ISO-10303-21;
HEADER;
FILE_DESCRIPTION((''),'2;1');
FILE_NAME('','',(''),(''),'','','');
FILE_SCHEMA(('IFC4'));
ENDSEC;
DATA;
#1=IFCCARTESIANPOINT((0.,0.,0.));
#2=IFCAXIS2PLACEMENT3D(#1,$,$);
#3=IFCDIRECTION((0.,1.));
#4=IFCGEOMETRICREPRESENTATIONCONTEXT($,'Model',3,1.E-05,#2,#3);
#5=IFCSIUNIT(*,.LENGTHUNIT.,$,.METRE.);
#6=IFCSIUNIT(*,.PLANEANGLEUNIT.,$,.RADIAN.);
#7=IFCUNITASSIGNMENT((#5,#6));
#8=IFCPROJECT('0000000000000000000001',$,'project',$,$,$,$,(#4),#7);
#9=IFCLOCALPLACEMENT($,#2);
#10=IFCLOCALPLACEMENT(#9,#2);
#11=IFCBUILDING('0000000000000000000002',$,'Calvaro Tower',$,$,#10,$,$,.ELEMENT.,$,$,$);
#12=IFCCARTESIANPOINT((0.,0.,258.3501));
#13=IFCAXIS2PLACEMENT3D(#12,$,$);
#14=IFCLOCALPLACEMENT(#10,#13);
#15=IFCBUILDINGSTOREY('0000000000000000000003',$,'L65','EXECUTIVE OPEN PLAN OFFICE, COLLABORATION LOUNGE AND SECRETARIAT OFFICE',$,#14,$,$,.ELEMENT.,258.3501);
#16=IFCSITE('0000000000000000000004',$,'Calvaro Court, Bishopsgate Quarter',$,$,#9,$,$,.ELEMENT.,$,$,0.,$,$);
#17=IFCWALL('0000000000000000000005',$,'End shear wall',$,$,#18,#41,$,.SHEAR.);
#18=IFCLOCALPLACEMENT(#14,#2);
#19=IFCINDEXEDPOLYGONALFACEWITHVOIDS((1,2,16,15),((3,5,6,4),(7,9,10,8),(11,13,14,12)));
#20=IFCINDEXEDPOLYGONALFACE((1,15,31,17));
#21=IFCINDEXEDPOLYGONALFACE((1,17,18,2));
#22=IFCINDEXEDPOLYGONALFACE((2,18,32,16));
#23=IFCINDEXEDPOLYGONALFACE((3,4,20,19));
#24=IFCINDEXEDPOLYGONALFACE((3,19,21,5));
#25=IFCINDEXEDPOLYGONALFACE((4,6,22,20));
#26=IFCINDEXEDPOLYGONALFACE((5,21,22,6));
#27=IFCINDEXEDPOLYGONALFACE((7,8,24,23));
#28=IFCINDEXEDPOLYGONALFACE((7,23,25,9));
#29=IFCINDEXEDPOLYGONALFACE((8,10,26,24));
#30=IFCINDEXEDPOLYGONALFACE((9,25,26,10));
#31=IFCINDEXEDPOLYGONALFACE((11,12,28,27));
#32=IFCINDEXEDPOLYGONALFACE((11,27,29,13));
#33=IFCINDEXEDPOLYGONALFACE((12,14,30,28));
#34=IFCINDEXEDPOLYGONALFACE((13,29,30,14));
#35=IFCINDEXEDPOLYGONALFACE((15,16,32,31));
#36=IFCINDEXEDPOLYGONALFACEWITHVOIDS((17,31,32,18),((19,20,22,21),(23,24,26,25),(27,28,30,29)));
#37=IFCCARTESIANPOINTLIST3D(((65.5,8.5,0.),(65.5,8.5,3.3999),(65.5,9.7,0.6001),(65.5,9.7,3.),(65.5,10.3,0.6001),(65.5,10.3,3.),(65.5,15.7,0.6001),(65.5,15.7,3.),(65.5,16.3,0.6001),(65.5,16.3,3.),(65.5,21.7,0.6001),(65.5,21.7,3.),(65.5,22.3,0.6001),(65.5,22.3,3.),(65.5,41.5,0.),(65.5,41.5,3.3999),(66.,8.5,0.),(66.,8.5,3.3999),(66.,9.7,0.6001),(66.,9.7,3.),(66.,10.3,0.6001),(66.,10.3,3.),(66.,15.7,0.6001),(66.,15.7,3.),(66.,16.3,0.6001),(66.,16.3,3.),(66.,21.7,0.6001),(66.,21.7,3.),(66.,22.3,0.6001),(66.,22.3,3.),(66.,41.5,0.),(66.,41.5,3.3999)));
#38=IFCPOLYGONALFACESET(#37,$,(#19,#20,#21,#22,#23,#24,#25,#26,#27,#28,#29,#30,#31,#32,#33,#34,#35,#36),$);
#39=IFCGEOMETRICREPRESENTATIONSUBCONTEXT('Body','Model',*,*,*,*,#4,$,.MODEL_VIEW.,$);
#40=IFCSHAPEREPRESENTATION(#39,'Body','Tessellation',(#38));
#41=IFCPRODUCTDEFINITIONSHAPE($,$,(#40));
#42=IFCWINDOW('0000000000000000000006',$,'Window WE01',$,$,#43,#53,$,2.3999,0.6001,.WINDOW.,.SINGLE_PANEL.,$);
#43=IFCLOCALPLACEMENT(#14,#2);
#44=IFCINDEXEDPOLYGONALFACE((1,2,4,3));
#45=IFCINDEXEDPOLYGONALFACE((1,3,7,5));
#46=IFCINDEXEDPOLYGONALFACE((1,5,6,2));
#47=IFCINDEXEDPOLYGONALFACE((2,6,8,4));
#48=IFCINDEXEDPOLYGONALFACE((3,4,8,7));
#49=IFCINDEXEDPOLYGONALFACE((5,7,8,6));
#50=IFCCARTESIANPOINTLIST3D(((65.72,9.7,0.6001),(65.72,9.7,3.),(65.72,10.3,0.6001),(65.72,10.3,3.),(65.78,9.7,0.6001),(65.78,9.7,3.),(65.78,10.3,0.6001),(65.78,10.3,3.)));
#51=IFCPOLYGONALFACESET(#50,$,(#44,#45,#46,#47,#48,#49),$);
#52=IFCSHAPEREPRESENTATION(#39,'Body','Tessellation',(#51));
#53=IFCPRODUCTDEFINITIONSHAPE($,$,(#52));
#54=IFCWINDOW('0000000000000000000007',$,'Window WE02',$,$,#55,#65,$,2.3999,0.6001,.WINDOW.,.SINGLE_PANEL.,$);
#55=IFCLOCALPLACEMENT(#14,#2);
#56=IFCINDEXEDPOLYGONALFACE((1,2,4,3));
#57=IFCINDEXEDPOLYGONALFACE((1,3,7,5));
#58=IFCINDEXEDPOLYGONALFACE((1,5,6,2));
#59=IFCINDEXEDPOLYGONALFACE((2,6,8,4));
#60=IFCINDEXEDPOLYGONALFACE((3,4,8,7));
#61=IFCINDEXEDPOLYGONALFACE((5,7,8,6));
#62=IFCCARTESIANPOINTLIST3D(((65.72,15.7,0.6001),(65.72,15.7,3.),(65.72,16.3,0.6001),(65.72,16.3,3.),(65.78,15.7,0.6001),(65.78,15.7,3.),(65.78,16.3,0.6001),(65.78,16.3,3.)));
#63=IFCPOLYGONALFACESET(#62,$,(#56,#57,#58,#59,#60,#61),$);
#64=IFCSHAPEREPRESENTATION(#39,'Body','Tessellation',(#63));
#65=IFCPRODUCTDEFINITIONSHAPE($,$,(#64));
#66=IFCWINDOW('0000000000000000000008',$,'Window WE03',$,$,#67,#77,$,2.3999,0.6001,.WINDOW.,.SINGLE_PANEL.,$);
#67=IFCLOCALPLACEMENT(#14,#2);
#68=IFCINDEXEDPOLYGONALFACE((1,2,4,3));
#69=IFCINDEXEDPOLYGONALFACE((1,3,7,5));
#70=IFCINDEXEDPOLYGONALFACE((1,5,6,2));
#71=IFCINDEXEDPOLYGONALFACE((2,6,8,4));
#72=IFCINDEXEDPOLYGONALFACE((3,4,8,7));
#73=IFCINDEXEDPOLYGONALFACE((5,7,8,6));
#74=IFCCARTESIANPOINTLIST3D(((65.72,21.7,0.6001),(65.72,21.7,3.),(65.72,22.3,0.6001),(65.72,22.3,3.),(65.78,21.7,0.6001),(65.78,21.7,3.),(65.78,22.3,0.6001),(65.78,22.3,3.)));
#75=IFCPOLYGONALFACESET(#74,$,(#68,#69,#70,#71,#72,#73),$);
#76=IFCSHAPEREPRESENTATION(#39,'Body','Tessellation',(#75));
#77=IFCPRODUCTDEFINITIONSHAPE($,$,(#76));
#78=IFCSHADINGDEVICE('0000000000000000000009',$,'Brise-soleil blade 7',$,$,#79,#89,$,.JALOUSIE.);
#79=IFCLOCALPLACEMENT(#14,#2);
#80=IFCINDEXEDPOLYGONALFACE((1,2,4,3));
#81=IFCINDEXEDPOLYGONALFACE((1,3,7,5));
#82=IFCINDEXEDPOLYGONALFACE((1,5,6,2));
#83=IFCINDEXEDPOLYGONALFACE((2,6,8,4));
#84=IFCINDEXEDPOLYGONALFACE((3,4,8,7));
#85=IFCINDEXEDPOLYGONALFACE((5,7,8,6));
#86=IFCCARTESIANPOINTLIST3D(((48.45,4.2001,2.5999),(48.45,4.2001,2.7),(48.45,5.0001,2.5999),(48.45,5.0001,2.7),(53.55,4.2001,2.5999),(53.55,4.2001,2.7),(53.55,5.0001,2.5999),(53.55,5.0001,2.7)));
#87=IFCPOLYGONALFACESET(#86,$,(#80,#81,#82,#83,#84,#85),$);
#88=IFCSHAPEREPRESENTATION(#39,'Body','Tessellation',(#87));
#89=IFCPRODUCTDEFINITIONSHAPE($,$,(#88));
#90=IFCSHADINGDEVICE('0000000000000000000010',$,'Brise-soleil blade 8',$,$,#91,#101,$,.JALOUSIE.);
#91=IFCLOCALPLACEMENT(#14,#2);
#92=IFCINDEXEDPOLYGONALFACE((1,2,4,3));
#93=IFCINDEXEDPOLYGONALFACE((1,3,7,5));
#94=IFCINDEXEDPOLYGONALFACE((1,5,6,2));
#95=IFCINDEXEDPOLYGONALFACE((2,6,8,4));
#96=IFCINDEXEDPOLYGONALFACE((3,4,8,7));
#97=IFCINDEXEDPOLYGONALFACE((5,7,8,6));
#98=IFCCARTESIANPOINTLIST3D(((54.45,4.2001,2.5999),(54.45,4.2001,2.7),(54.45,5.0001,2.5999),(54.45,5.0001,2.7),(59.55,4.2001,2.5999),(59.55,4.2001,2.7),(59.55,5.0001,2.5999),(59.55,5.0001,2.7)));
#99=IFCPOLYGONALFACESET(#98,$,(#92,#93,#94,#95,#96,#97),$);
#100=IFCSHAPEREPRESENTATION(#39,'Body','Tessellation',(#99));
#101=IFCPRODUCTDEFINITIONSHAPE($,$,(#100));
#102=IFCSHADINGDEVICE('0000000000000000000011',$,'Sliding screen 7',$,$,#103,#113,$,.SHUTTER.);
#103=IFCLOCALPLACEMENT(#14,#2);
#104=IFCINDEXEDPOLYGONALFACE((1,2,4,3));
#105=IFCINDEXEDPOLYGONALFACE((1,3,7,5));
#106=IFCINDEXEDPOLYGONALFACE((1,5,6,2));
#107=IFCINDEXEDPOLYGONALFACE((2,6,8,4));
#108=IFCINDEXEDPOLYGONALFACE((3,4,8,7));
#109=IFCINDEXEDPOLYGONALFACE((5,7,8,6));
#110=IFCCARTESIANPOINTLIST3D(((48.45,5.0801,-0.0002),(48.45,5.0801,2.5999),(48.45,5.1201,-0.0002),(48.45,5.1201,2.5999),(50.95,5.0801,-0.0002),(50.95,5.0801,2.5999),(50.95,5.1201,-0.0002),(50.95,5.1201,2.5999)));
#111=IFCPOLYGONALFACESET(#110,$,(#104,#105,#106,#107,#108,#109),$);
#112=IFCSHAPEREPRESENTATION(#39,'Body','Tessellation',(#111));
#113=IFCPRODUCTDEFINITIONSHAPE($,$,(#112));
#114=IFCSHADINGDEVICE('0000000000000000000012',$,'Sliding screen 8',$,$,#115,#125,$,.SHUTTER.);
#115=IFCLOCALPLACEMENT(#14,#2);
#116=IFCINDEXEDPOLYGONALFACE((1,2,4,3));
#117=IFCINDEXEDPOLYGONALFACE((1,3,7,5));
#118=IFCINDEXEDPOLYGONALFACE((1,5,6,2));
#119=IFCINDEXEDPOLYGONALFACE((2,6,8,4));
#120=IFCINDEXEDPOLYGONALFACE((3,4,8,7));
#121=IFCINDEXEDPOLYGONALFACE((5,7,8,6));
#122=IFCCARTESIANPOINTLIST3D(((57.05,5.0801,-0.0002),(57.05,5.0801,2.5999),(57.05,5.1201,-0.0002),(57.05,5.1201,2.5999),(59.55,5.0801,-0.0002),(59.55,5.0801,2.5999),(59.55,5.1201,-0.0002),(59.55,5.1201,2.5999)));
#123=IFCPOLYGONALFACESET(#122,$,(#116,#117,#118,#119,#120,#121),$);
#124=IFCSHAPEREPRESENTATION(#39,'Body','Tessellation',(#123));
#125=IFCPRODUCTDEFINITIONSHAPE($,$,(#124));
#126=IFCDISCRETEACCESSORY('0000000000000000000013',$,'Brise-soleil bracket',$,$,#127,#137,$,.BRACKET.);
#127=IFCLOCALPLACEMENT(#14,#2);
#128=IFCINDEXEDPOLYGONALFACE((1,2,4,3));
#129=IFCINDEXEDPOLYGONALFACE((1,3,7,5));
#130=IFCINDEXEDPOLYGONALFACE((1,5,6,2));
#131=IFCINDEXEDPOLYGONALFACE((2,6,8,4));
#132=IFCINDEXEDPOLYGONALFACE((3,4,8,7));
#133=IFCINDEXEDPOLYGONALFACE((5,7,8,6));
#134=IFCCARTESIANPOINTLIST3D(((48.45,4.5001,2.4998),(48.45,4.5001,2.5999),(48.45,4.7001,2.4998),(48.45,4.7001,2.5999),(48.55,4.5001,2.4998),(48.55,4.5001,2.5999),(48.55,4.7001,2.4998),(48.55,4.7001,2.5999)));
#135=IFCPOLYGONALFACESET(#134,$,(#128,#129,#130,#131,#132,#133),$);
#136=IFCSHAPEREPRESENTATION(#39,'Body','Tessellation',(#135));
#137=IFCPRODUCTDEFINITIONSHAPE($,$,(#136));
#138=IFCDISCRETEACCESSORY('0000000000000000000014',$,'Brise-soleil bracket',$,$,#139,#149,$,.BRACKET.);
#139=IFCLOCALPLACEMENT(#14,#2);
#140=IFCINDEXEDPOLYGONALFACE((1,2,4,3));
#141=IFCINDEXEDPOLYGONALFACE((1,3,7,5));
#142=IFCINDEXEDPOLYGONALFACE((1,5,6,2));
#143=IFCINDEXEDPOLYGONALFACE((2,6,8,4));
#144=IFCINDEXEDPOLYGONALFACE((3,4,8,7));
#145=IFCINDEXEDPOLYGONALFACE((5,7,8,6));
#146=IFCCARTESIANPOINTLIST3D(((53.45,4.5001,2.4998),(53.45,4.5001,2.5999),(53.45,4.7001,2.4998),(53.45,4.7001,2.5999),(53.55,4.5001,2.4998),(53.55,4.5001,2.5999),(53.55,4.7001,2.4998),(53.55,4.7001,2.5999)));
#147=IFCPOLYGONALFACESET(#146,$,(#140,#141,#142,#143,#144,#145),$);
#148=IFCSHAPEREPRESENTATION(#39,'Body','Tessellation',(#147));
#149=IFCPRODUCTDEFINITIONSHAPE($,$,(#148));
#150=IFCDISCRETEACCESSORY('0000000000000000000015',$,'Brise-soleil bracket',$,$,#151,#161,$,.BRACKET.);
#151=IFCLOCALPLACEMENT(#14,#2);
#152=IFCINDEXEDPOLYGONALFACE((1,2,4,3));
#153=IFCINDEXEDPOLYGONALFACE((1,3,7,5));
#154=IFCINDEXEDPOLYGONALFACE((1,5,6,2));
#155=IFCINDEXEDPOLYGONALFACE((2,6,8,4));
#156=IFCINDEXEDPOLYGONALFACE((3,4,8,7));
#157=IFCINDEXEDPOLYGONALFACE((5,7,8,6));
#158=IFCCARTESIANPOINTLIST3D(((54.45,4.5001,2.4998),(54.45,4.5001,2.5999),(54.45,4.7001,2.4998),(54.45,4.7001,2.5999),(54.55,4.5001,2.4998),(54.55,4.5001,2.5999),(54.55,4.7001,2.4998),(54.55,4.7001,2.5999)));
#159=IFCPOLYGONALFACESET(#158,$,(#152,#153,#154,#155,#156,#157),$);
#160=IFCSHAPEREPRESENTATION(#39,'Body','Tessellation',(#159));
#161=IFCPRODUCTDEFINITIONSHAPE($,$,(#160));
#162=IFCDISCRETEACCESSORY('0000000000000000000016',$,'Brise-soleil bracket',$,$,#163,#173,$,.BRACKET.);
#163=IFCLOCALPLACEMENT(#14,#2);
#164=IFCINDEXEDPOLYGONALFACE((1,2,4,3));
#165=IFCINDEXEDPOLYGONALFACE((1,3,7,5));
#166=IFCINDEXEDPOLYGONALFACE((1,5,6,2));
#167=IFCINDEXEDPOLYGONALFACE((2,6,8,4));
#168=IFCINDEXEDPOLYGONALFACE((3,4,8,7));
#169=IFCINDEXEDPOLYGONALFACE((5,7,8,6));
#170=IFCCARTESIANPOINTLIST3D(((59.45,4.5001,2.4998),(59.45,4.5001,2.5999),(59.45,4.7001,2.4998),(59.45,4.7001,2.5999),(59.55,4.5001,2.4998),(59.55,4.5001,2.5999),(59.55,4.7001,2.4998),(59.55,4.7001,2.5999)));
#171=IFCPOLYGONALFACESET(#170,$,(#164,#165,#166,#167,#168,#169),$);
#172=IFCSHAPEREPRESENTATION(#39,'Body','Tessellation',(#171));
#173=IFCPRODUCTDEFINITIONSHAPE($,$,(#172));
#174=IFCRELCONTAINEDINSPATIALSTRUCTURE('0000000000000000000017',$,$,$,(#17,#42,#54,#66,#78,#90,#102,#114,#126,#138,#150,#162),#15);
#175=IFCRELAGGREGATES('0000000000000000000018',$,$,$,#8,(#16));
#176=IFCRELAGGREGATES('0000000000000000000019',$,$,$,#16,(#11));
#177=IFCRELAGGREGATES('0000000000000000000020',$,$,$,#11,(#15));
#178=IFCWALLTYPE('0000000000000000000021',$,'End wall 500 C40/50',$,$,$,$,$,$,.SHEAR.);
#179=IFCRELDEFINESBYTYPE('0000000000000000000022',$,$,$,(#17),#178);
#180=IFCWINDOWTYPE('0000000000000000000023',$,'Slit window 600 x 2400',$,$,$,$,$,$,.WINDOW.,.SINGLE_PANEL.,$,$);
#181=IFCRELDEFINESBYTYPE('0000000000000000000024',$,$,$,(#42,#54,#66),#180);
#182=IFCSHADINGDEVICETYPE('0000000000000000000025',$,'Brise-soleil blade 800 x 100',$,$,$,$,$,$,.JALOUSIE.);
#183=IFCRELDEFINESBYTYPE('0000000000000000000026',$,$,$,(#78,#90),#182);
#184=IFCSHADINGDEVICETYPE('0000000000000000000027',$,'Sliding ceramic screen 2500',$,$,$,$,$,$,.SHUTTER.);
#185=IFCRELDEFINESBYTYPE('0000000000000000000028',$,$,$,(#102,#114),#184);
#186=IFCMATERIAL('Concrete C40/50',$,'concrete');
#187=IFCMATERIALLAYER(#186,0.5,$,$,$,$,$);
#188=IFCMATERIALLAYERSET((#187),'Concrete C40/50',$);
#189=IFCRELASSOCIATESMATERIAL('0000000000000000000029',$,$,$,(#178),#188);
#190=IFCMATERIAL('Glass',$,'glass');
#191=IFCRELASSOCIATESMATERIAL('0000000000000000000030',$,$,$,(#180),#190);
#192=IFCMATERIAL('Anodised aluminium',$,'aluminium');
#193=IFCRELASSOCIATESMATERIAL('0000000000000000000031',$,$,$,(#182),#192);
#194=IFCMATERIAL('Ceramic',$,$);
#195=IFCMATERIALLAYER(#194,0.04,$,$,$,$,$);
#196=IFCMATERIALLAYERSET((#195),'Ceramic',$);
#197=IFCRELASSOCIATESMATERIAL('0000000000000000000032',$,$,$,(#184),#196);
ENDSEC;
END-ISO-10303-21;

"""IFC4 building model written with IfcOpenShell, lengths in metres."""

from ifc_helpers import new_model, si_unit, direction, frame, frame_2d, origin, origin_2d, place, context, subcontext, project, spatial, rectangle, extrude, material, layer, layer_set, material_profile, profile_set, type_object, element, fill, save


model = new_model("IFC4")

# Units and contexts
model_context = context("Model", 3, precision=1e-05, world=origin(), true_north=direction((0.0, 1.0)))
body_context = subcontext(model_context, "Body", "Model", "MODEL_VIEW")
ifc_project = project(units=[si_unit("LENGTHUNIT", "METRE"), si_unit("PLANEANGLEUNIT", "RADIAN")], contexts=[model_context])

# Site, building, storey
site_placement = place(None, origin())
site = spatial("IfcSite", under=ifc_project, at=site_placement, Name="Calvaro Court, Bishopsgate Quarter", CompositionType="ELEMENT", RefElevation=0.0)
building_placement = place(site_placement, origin())
building = spatial("IfcBuilding", under=site, at=building_placement, Name="Calvaro Tower", CompositionType="ELEMENT")
storey_placement = place(building_placement, frame((0.0, 0.0, 258.3501)))
storey = spatial("IfcBuildingStorey", under=building, at=storey_placement, Name="L65", Description="EXECUTIVE OPEN PLAN OFFICE, COLLABORATION LOUNGE AND SECRETARIAT OFFICE", CompositionType="ELEMENT", Elevation=258.3501)

# Wall, openings, windows
ifc_material_1 = material(Name="Concrete C40/50", Category="concrete")
ifc_layer_1 = layer(ifc_material_1, 0.5)
ifc_layer_set_1 = layer_set([ifc_layer_1], Name="Concrete C40/50")
wall_type = type_object("IfcWallType", Name="End wall 500 C40/50", PredefinedType="SHEAR", material=ifc_layer_set_1)
wall_placement = place(storey_placement, frame((65.75, 8.5, 0.0), z_axis=(0.0, 0.0, 1.0), x_axis=(0.0, 1.0, 0.0)))
wall = element("IfcWall", 1, at=wall_placement, inside=storey, type_object=wall_type, Name="End shear wall", PredefinedType="SHEAR", context=body_context, shape_type="SweptSolid", body=[
    extrude(rectangle(XDim=33.0, YDim=0.5, at=frame_2d((16.5, 0.0))), origin(), (0.0, 0.0, 1.0), 3.3999),
])
opening_1_placement = place(wall_placement, frame((1.2, 0.0, 0.6001)))
opening_1 = element("IfcOpeningElement", 2, at=opening_1_placement, cuts=wall, PredefinedType="OPENING", context=body_context, shape_type="SweptSolid", body=[
    extrude(rectangle(XDim=0.6001, YDim=2.3999, at=frame_2d((0.3, 1.2))), frame((0.0, 0.26, 0.0), z_axis=(0.0, -1.0, 0.0), x_axis=(1.0, 0.0, 0.0)), (0.0, 0.0, 1.0), 0.52),
])
opening_2_placement = place(wall_placement, frame((7.2, 0.0, 0.6001)))
opening_2 = element("IfcOpeningElement", 3, at=opening_2_placement, cuts=wall, PredefinedType="OPENING", context=body_context, shape_type="SweptSolid", body=[
    extrude(rectangle(XDim=0.6001, YDim=2.3999, at=frame_2d((0.3, 1.2))), frame((0.0, 0.26, 0.0), z_axis=(0.0, -1.0, 0.0), x_axis=(1.0, 0.0, 0.0)), (0.0, 0.0, 1.0), 0.52),
])
opening_3_placement = place(wall_placement, frame((13.2, 0.0, 0.6001)))
opening_3 = element("IfcOpeningElement", 4, at=opening_3_placement, cuts=wall, PredefinedType="OPENING", context=body_context, shape_type="SweptSolid", body=[
    extrude(rectangle(XDim=0.6001, YDim=2.3999, at=frame_2d((0.3, 1.2))), frame((0.0, 0.26, 0.0), z_axis=(0.0, -1.0, 0.0), x_axis=(1.0, 0.0, 0.0)), (0.0, 0.0, 1.0), 0.52),
])
ifc_material_2 = material(Name="Glass", Category="glass")
window_type = type_object("IfcWindowType", Name="Slit window 600 x 2400", PartitioningType="SINGLE_PANEL", PredefinedType="WINDOW", material=ifc_material_2)
window_1_placement = place(opening_1_placement, origin())
window_1 = element("IfcWindow", 5, at=window_1_placement, inside=storey, type_object=window_type, Name="Window WE01", OverallHeight=2.3999, OverallWidth=0.6001, PartitioningType="SINGLE_PANEL", PredefinedType="WINDOW", context=body_context, shape_type="SweptSolid", body=[
    extrude(rectangle(XDim=0.6001, YDim=2.3999, at=frame_2d((0.3, 1.2))), frame((0.0, 0.03, 0.0), z_axis=(0.0, -1.0, 0.0), x_axis=(1.0, 0.0, 0.0)), (0.0, 0.0, 1.0), 0.0601),
])
fill(opening_1, window_1)
window_2_placement = place(opening_2_placement, origin())
window_2 = element("IfcWindow", 6, at=window_2_placement, inside=storey, type_object=window_type, Name="Window WE02", OverallHeight=2.3999, OverallWidth=0.6001, PartitioningType="SINGLE_PANEL", PredefinedType="WINDOW", context=body_context, shape_type="SweptSolid", body=[
    extrude(rectangle(XDim=0.6001, YDim=2.3999, at=frame_2d((0.3, 1.2))), frame((0.0, 0.03, 0.0), z_axis=(0.0, -1.0, 0.0), x_axis=(1.0, 0.0, 0.0)), (0.0, 0.0, 1.0), 0.0601),
])
fill(opening_2, window_2)
window_3_placement = place(opening_3_placement, origin())
window_3 = element("IfcWindow", 7, at=window_3_placement, inside=storey, type_object=window_type, Name="Window WE03", OverallHeight=2.3999, OverallWidth=0.6001, PartitioningType="SINGLE_PANEL", PredefinedType="WINDOW", context=body_context, shape_type="SweptSolid", body=[
    extrude(rectangle(XDim=0.6001, YDim=2.3999, at=frame_2d((0.3, 1.2))), frame((0.0, 0.03, 0.0), z_axis=(0.0, -1.0, 0.0), x_axis=(1.0, 0.0, 0.0)), (0.0, 0.0, 1.0), 0.0601),
])
fill(opening_3, window_3)

# Shading devices
ifc_material_3 = material(Name="Anodised aluminium", Category="aluminium")
ifc_material_profile_1 = material_profile(ifc_material_3, rectangle(XDim=0.8, YDim=0.1001, at=origin_2d()), Name="Brise-soleil blade 800 x 100")
ifc_profile_set_1 = profile_set([ifc_material_profile_1], Name="Anodised aluminium")
shading_device_type_1 = type_object("IfcShadingDeviceType", Name="Brise-soleil blade 800 x 100", PredefinedType="JALOUSIE", material=ifc_profile_set_1)
for number, where, z_axis, x_axis, name in (
    (8, (48.45, 4.6001, 2.6499), (1.0, 0.0, 0.0), (0.0, 1.0, 0.0), "Brise-soleil blade 7"),
    (9, (54.45, 4.6001, 2.6499), (1.0, 0.0, 0.0), (0.0, 1.0, 0.0), "Brise-soleil blade 8"),
):
    element("IfcShadingDevice", number, at=place(storey_placement, frame(where, z_axis=z_axis, x_axis=x_axis)), inside=storey, type_object=shading_device_type_1, Name=name, PredefinedType="JALOUSIE", context=body_context, shape_type="SweptSolid", body=[
        extrude(rectangle(XDim=0.8, YDim=0.1001, at=origin_2d()), origin(), (0.0, 0.0, 1.0), 5.1001),
    ])
ifc_material_4 = material(Name="Ceramic")
ifc_layer_2 = layer(ifc_material_4, 0.04)
ifc_layer_set_2 = layer_set([ifc_layer_2], Name="Ceramic")
shading_device_type_2 = type_object("IfcShadingDeviceType", Name="Sliding ceramic screen 2500", PredefinedType="SHUTTER", material=ifc_layer_set_2)
for number, where, z_axis, x_axis, name in (
    (10, (49.7, 5.1001, -0.0002), (0.0, 0.0, 1.0), (1.0, 0.0, 0.0), "Sliding screen 7"),
    (11, (58.3, 5.1001, -0.0002), (0.0, 0.0, 1.0), (1.0, 0.0, 0.0), "Sliding screen 8"),
):
    element("IfcShadingDevice", number, at=place(storey_placement, frame(where, z_axis=z_axis, x_axis=x_axis)), inside=storey, type_object=shading_device_type_2, Name=name, PredefinedType="SHUTTER", context=body_context, shape_type="SweptSolid", body=[
        extrude(rectangle(XDim=2.5, YDim=0.04, at=origin_2d()), origin(), (0.0, 0.0, 1.0), 2.6001),
    ])

# Discrete accessories
for number, where, z_axis, x_axis, name in (
    (12, (48.5, 4.6001, 2.4998), (0.0, 0.0, 1.0), (1.0, 0.0, 0.0), "Brise-soleil bracket"),
    (13, (53.5, 4.6001, 2.4998), (0.0, 0.0, 1.0), (1.0, 0.0, 0.0), "Brise-soleil bracket"),
    (14, (54.5, 4.6001, 2.4998), (0.0, 0.0, 1.0), (1.0, 0.0, 0.0), "Brise-soleil bracket"),
    (15, (59.5, 4.6001, 2.4998), (0.0, 0.0, 1.0), (1.0, 0.0, 0.0), "Brise-soleil bracket"),
):
    element("IfcDiscreteAccessory", number, at=place(storey_placement, frame(where, z_axis=z_axis, x_axis=x_axis)), inside=storey, Name=name, PredefinedType="BRACKET", context=body_context, shape_type="SweptSolid", body=[
        extrude(rectangle(XDim=0.1001, YDim=0.2, at=origin_2d()), origin(), (0.0, 0.0, 1.0), 0.1001),
    ])

save(model, "model.ifc")
